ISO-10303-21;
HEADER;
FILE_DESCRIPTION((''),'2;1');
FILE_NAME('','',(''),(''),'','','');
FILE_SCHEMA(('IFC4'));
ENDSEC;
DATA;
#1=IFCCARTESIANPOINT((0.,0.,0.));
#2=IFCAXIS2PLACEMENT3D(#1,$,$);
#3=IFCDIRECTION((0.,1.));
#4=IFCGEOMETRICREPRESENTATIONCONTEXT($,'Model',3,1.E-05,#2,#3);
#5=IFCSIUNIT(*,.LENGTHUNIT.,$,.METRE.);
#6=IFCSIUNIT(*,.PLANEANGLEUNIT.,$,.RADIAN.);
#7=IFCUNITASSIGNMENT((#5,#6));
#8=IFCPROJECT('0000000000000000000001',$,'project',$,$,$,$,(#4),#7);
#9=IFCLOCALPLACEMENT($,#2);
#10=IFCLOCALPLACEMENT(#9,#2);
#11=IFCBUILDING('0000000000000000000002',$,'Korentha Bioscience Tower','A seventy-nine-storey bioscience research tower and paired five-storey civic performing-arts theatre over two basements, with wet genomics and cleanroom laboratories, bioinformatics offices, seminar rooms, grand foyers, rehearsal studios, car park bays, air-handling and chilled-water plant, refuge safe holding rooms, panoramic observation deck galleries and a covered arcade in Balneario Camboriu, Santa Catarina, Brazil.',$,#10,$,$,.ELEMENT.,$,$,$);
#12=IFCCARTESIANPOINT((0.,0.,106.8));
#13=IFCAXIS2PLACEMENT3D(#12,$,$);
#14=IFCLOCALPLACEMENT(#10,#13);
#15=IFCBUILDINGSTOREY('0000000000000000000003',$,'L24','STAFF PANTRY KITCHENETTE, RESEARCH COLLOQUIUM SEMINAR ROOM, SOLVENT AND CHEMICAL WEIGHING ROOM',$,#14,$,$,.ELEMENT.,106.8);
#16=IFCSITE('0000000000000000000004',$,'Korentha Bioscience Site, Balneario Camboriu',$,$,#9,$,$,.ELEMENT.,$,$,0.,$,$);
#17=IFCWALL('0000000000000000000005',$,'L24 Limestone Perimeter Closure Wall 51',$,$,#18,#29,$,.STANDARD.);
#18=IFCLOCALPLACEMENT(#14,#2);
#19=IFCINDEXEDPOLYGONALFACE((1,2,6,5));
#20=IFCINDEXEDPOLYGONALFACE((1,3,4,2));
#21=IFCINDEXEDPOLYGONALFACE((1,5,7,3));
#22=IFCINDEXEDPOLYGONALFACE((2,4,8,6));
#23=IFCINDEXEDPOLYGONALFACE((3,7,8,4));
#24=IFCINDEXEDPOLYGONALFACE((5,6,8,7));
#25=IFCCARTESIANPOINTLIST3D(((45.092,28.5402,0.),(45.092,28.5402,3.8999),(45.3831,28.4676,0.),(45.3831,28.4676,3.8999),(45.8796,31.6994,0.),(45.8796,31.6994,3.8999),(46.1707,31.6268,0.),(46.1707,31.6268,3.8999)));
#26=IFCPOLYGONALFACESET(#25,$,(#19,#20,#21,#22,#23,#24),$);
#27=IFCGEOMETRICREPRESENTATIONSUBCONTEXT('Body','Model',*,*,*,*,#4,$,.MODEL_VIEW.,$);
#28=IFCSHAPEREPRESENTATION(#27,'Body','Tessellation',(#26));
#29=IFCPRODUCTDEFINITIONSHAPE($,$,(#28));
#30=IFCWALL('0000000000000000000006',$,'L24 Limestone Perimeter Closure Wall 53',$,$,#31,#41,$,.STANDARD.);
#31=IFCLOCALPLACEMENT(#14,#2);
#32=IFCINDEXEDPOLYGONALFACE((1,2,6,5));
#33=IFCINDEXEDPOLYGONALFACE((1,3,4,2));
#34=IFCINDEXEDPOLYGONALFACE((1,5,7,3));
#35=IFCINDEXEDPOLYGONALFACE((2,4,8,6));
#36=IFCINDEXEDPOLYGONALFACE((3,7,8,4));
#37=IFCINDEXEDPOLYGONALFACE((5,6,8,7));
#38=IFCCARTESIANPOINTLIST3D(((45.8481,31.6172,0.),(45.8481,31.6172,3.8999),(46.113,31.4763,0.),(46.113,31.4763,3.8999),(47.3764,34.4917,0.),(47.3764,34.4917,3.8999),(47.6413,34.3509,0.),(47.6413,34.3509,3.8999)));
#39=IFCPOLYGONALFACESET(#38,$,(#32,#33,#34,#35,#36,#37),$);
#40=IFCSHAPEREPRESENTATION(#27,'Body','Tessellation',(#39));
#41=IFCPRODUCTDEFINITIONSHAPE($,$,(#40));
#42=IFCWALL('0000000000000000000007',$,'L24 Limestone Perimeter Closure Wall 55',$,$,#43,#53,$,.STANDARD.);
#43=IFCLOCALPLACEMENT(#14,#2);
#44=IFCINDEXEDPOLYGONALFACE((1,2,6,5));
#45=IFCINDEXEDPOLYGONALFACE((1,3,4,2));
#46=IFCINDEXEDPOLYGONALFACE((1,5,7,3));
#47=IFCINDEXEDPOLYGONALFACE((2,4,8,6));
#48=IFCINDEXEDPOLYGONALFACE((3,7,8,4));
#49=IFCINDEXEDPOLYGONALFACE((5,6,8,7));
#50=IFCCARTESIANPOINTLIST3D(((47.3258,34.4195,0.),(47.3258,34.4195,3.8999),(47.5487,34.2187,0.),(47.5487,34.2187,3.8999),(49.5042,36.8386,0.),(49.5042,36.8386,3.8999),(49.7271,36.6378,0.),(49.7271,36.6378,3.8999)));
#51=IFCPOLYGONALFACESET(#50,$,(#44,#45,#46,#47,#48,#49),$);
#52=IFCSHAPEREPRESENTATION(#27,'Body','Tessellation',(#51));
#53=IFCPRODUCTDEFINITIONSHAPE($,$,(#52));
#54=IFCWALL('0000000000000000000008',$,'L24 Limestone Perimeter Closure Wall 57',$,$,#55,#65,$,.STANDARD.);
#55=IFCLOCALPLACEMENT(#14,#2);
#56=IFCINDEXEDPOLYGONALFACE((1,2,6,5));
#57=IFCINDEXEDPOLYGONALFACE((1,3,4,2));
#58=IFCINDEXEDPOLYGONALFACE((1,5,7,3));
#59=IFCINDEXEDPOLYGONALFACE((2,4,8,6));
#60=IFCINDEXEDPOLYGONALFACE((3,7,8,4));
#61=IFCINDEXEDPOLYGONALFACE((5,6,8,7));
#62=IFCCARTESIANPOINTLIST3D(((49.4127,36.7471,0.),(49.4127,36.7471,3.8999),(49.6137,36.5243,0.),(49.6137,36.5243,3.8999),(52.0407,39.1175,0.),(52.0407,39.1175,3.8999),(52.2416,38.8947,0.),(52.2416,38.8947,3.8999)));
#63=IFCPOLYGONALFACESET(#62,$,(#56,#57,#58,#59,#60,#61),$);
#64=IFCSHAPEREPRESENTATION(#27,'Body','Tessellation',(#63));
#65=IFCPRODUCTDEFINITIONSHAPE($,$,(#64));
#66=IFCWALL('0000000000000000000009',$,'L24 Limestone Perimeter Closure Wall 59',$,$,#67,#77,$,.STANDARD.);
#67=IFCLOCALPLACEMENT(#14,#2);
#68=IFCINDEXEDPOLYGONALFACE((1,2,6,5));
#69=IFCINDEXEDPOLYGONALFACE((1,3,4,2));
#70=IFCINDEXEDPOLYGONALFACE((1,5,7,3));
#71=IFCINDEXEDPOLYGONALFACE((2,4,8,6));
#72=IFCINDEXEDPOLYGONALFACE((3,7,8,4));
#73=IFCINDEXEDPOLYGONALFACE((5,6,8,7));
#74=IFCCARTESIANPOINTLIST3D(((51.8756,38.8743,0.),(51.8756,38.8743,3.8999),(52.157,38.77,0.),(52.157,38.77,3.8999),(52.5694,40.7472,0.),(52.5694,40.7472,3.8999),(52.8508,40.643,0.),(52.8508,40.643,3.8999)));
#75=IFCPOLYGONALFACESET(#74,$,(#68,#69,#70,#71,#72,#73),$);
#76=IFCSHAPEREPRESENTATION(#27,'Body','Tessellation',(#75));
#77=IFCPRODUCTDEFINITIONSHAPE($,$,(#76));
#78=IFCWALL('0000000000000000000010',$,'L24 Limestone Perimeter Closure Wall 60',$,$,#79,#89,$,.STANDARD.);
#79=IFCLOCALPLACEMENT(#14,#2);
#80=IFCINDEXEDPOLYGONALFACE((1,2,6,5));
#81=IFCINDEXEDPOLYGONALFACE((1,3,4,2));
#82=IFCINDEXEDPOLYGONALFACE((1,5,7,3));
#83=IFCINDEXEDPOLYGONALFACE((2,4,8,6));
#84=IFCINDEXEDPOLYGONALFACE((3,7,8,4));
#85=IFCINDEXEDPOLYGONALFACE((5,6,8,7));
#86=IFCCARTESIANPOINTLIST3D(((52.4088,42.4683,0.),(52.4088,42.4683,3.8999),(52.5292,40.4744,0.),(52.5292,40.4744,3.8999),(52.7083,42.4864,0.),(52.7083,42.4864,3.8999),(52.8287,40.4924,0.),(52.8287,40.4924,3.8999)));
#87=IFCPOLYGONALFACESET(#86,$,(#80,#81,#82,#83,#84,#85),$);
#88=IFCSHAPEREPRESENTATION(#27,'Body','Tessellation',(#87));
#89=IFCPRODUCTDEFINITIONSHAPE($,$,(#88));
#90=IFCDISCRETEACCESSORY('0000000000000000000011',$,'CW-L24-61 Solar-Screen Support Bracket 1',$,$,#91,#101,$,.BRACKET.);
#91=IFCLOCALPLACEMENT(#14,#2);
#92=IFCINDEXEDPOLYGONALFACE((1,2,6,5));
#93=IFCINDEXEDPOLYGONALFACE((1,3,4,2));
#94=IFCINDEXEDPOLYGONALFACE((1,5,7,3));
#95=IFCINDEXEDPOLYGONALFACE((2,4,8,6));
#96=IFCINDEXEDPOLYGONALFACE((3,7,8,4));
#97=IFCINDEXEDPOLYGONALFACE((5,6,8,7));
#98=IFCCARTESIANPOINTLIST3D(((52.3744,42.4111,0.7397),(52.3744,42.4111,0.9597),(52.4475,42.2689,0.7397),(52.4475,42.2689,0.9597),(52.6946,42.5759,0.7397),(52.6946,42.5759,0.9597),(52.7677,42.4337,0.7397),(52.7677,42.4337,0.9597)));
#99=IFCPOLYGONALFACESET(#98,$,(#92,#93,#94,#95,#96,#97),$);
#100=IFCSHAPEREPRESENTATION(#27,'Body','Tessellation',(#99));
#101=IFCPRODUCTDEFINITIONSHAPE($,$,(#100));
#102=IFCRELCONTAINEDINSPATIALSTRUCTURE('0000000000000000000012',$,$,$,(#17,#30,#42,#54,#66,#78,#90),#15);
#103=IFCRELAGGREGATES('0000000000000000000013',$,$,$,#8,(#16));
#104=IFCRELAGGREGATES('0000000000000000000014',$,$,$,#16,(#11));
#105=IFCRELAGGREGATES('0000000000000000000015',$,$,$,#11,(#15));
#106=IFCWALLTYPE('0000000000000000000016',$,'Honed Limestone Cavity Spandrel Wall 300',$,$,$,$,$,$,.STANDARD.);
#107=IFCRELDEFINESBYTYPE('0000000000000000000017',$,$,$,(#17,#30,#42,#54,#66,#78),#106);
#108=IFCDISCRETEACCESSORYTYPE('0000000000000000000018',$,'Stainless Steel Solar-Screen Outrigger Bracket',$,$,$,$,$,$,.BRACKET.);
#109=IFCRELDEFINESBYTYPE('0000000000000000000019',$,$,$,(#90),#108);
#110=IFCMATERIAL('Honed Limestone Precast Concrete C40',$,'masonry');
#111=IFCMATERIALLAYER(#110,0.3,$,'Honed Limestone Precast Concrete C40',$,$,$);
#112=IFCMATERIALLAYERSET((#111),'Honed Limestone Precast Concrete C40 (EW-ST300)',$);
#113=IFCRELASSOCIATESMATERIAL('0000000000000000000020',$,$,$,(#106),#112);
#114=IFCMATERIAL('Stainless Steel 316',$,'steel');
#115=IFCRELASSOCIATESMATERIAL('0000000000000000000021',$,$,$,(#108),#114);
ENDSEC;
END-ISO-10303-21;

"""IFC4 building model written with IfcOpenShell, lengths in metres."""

from ifc_helpers import new_model, si_unit, direction, frame, frame_2d, origin, origin_2d, place, context, subcontext, project, spatial, rectangle, extrude, material, layer, layer_set, type_object, element, save


model = new_model("IFC4")

# Units and contexts
model_context = context("Model", 3, precision=1e-05, world=origin(), true_north=direction((0.0, 1.0)))
body_context = subcontext(model_context, "Body", "Model", "MODEL_VIEW")
ifc_project = project(units=[si_unit("LENGTHUNIT", "METRE"), si_unit("PLANEANGLEUNIT", "RADIAN")], contexts=[model_context])

# Site, building, storey
site_placement = place(None, origin())
site = spatial("IfcSite", under=ifc_project, at=site_placement, Name="Korentha Bioscience Site, Balneario Camboriu", CompositionType="ELEMENT", RefElevation=0.0)
building_placement = place(site_placement, origin())
building = spatial("IfcBuilding", under=site, at=building_placement, Name="Korentha Bioscience Tower", Description="A seventy-nine-storey bioscience research tower and paired five-storey civic performing-arts theatre over two basements, with wet genomics and cleanroom laboratories, bioinformatics offices, seminar rooms, grand foyers, rehearsal studios, car park bays, air-handling and chilled-water plant, refuge safe holding rooms, panoramic observation deck galleries and a covered arcade in Balneario Camboriu, Santa Catarina, Brazil.", CompositionType="ELEMENT")
storey_placement = place(building_placement, frame((0.0, 0.0, 106.8)))
storey = spatial("IfcBuildingStorey", under=building, at=storey_placement, Name="L24", Description="STAFF PANTRY KITCHENETTE, RESEARCH COLLOQUIUM SEMINAR ROOM, SOLVENT AND CHEMICAL WEIGHING ROOM", CompositionType="ELEMENT", Elevation=106.8)

# Walls
ifc_material_1 = material(Name="Honed Limestone Precast Concrete C40", Category="masonry")
ifc_layer_1 = layer(ifc_material_1, 0.3, Name="Honed Limestone Precast Concrete C40")
ifc_layer_set_1 = layer_set([ifc_layer_1], Name="Honed Limestone Precast Concrete C40 (EW-ST300)")
wall_type_1 = type_object("IfcWallType", Name="Honed Limestone Cavity Spandrel Wall 300", PredefinedType="STANDARD", material=ifc_layer_set_1)
wall_1_placement = place(storey_placement, frame((45.2375, 28.5039, 0.0), z_axis=(0.0, 0.0, 1.0), x_axis=(0.2419, 0.970301, 0.0)))
element("IfcWall", 1, at=wall_1_placement, inside=storey, type_object=wall_type_1, Name="L24 Limestone Perimeter Closure Wall 51", PredefinedType="STANDARD", context=body_context, shape_type="SweptSolid", body=[
    extrude(rectangle(XDim=3.2559, YDim=0.3, at=frame_2d((1.6279, 0.0))), origin(), (0.0, 0.0, 1.0), 3.8999),
])
wall_2_placement = place(storey_placement, frame((45.9805, 31.5466, 0.0), z_axis=(0.0, 0.0, 1.0), x_axis=(0.469451, 0.882958, 0.0)))
element("IfcWall", 2, at=wall_2_placement, inside=storey, type_object=wall_type_1, Name="L24 Limestone Perimeter Closure Wall 53", PredefinedType="STANDARD", context=body_context, shape_type="SweptSolid", body=[
    extrude(rectangle(XDim=3.2556, YDim=0.3, at=frame_2d((1.6279, 0.0))), origin(), (0.0, 0.0, 1.0), 3.8999),
])
wall_3_placement = place(storey_placement, frame((47.4373, 34.3191, 0.0), z_axis=(0.0, 0.0, 1.0), x_axis=(0.669168, 0.743111, 0.0)))
element("IfcWall", 3, at=wall_3_placement, inside=storey, type_object=wall_type_1, Name="L24 Limestone Perimeter Closure Wall 55", PredefinedType="STANDARD", context=body_context, shape_type="SweptSolid", body=[
    extrude(rectangle(XDim=3.2554, YDim=0.3, at=frame_2d((1.6277, 0.0))), origin(), (0.0, 0.0, 1.0), 3.8999),
])
wall_4_placement = place(storey_placement, frame((49.5132, 36.6357, 0.0), z_axis=(0.0, 0.0, 1.0), x_axis=(0.74256, 0.66978, 0.0)))
element("IfcWall", 4, at=wall_4_placement, inside=storey, type_object=wall_type_1, Name="L24 Limestone Perimeter Closure Wall 57", PredefinedType="STANDARD", context=body_context, shape_type="SweptSolid", body=[
    extrude(rectangle(XDim=3.5391, YDim=0.3, at=frame_2d((1.7695, 0.0))), origin(), (0.0, 0.0, 1.0), 3.8999),
])
wall_5_placement = place(storey_placement, frame((52.0164, 38.8223, 0.0), z_axis=(0.0, 0.0, 1.0), x_axis=(0.34737, 0.937728, 0.0)))
element("IfcWall", 5, at=wall_5_placement, inside=storey, type_object=wall_type_1, Name="L24 Limestone Perimeter Closure Wall 59", PredefinedType="STANDARD", context=body_context, shape_type="SweptSolid", body=[
    extrude(rectangle(XDim=1.9973, YDim=0.3, at=frame_2d((0.9985, 0.0))), origin(), (0.0, 0.0, 1.0), 3.8999),
])
wall_6_placement = place(storey_placement, frame((52.679, 40.4834, 0.0), z_axis=(0.0, 0.0, 1.0), x_axis=(-0.060255, 0.998183, 0.0)))
element("IfcWall", 6, at=wall_6_placement, inside=storey, type_object=wall_type_1, Name="L24 Limestone Perimeter Closure Wall 60", PredefinedType="STANDARD", context=body_context, shape_type="SweptSolid", body=[
    extrude(rectangle(XDim=1.9976, YDim=0.3, at=frame_2d((0.9988, 0.0))), origin(), (0.0, 0.0, 1.0), 3.8999),
])

# Discrete accessory
ifc_material_2 = material(Name="Stainless Steel 316", Category="steel")
discrete_accessory_type = type_object("IfcDiscreteAccessoryType", Name="Stainless Steel Solar-Screen Outrigger Bracket", PredefinedType="BRACKET", material=ifc_material_2)
discrete_accessory_placement = place(storey_placement, frame((52.571, 42.4224, 0.7397), z_axis=(0.0, 0.0, 1.0), x_axis=(-0.457613, 0.889151, 0.0)))
element("IfcDiscreteAccessory", 7, at=discrete_accessory_placement, inside=storey, type_object=discrete_accessory_type, Name="CW-L24-61 Solar-Screen Support Bracket 1", PredefinedType="BRACKET", context=body_context, shape_type="SweptSolid", body=[
    extrude(rectangle(XDim=0.1599, YDim=0.3601, at=origin_2d()), origin(), (0.0, 0.0, 1.0), 0.22),
])

save(model, "model.ifc")
